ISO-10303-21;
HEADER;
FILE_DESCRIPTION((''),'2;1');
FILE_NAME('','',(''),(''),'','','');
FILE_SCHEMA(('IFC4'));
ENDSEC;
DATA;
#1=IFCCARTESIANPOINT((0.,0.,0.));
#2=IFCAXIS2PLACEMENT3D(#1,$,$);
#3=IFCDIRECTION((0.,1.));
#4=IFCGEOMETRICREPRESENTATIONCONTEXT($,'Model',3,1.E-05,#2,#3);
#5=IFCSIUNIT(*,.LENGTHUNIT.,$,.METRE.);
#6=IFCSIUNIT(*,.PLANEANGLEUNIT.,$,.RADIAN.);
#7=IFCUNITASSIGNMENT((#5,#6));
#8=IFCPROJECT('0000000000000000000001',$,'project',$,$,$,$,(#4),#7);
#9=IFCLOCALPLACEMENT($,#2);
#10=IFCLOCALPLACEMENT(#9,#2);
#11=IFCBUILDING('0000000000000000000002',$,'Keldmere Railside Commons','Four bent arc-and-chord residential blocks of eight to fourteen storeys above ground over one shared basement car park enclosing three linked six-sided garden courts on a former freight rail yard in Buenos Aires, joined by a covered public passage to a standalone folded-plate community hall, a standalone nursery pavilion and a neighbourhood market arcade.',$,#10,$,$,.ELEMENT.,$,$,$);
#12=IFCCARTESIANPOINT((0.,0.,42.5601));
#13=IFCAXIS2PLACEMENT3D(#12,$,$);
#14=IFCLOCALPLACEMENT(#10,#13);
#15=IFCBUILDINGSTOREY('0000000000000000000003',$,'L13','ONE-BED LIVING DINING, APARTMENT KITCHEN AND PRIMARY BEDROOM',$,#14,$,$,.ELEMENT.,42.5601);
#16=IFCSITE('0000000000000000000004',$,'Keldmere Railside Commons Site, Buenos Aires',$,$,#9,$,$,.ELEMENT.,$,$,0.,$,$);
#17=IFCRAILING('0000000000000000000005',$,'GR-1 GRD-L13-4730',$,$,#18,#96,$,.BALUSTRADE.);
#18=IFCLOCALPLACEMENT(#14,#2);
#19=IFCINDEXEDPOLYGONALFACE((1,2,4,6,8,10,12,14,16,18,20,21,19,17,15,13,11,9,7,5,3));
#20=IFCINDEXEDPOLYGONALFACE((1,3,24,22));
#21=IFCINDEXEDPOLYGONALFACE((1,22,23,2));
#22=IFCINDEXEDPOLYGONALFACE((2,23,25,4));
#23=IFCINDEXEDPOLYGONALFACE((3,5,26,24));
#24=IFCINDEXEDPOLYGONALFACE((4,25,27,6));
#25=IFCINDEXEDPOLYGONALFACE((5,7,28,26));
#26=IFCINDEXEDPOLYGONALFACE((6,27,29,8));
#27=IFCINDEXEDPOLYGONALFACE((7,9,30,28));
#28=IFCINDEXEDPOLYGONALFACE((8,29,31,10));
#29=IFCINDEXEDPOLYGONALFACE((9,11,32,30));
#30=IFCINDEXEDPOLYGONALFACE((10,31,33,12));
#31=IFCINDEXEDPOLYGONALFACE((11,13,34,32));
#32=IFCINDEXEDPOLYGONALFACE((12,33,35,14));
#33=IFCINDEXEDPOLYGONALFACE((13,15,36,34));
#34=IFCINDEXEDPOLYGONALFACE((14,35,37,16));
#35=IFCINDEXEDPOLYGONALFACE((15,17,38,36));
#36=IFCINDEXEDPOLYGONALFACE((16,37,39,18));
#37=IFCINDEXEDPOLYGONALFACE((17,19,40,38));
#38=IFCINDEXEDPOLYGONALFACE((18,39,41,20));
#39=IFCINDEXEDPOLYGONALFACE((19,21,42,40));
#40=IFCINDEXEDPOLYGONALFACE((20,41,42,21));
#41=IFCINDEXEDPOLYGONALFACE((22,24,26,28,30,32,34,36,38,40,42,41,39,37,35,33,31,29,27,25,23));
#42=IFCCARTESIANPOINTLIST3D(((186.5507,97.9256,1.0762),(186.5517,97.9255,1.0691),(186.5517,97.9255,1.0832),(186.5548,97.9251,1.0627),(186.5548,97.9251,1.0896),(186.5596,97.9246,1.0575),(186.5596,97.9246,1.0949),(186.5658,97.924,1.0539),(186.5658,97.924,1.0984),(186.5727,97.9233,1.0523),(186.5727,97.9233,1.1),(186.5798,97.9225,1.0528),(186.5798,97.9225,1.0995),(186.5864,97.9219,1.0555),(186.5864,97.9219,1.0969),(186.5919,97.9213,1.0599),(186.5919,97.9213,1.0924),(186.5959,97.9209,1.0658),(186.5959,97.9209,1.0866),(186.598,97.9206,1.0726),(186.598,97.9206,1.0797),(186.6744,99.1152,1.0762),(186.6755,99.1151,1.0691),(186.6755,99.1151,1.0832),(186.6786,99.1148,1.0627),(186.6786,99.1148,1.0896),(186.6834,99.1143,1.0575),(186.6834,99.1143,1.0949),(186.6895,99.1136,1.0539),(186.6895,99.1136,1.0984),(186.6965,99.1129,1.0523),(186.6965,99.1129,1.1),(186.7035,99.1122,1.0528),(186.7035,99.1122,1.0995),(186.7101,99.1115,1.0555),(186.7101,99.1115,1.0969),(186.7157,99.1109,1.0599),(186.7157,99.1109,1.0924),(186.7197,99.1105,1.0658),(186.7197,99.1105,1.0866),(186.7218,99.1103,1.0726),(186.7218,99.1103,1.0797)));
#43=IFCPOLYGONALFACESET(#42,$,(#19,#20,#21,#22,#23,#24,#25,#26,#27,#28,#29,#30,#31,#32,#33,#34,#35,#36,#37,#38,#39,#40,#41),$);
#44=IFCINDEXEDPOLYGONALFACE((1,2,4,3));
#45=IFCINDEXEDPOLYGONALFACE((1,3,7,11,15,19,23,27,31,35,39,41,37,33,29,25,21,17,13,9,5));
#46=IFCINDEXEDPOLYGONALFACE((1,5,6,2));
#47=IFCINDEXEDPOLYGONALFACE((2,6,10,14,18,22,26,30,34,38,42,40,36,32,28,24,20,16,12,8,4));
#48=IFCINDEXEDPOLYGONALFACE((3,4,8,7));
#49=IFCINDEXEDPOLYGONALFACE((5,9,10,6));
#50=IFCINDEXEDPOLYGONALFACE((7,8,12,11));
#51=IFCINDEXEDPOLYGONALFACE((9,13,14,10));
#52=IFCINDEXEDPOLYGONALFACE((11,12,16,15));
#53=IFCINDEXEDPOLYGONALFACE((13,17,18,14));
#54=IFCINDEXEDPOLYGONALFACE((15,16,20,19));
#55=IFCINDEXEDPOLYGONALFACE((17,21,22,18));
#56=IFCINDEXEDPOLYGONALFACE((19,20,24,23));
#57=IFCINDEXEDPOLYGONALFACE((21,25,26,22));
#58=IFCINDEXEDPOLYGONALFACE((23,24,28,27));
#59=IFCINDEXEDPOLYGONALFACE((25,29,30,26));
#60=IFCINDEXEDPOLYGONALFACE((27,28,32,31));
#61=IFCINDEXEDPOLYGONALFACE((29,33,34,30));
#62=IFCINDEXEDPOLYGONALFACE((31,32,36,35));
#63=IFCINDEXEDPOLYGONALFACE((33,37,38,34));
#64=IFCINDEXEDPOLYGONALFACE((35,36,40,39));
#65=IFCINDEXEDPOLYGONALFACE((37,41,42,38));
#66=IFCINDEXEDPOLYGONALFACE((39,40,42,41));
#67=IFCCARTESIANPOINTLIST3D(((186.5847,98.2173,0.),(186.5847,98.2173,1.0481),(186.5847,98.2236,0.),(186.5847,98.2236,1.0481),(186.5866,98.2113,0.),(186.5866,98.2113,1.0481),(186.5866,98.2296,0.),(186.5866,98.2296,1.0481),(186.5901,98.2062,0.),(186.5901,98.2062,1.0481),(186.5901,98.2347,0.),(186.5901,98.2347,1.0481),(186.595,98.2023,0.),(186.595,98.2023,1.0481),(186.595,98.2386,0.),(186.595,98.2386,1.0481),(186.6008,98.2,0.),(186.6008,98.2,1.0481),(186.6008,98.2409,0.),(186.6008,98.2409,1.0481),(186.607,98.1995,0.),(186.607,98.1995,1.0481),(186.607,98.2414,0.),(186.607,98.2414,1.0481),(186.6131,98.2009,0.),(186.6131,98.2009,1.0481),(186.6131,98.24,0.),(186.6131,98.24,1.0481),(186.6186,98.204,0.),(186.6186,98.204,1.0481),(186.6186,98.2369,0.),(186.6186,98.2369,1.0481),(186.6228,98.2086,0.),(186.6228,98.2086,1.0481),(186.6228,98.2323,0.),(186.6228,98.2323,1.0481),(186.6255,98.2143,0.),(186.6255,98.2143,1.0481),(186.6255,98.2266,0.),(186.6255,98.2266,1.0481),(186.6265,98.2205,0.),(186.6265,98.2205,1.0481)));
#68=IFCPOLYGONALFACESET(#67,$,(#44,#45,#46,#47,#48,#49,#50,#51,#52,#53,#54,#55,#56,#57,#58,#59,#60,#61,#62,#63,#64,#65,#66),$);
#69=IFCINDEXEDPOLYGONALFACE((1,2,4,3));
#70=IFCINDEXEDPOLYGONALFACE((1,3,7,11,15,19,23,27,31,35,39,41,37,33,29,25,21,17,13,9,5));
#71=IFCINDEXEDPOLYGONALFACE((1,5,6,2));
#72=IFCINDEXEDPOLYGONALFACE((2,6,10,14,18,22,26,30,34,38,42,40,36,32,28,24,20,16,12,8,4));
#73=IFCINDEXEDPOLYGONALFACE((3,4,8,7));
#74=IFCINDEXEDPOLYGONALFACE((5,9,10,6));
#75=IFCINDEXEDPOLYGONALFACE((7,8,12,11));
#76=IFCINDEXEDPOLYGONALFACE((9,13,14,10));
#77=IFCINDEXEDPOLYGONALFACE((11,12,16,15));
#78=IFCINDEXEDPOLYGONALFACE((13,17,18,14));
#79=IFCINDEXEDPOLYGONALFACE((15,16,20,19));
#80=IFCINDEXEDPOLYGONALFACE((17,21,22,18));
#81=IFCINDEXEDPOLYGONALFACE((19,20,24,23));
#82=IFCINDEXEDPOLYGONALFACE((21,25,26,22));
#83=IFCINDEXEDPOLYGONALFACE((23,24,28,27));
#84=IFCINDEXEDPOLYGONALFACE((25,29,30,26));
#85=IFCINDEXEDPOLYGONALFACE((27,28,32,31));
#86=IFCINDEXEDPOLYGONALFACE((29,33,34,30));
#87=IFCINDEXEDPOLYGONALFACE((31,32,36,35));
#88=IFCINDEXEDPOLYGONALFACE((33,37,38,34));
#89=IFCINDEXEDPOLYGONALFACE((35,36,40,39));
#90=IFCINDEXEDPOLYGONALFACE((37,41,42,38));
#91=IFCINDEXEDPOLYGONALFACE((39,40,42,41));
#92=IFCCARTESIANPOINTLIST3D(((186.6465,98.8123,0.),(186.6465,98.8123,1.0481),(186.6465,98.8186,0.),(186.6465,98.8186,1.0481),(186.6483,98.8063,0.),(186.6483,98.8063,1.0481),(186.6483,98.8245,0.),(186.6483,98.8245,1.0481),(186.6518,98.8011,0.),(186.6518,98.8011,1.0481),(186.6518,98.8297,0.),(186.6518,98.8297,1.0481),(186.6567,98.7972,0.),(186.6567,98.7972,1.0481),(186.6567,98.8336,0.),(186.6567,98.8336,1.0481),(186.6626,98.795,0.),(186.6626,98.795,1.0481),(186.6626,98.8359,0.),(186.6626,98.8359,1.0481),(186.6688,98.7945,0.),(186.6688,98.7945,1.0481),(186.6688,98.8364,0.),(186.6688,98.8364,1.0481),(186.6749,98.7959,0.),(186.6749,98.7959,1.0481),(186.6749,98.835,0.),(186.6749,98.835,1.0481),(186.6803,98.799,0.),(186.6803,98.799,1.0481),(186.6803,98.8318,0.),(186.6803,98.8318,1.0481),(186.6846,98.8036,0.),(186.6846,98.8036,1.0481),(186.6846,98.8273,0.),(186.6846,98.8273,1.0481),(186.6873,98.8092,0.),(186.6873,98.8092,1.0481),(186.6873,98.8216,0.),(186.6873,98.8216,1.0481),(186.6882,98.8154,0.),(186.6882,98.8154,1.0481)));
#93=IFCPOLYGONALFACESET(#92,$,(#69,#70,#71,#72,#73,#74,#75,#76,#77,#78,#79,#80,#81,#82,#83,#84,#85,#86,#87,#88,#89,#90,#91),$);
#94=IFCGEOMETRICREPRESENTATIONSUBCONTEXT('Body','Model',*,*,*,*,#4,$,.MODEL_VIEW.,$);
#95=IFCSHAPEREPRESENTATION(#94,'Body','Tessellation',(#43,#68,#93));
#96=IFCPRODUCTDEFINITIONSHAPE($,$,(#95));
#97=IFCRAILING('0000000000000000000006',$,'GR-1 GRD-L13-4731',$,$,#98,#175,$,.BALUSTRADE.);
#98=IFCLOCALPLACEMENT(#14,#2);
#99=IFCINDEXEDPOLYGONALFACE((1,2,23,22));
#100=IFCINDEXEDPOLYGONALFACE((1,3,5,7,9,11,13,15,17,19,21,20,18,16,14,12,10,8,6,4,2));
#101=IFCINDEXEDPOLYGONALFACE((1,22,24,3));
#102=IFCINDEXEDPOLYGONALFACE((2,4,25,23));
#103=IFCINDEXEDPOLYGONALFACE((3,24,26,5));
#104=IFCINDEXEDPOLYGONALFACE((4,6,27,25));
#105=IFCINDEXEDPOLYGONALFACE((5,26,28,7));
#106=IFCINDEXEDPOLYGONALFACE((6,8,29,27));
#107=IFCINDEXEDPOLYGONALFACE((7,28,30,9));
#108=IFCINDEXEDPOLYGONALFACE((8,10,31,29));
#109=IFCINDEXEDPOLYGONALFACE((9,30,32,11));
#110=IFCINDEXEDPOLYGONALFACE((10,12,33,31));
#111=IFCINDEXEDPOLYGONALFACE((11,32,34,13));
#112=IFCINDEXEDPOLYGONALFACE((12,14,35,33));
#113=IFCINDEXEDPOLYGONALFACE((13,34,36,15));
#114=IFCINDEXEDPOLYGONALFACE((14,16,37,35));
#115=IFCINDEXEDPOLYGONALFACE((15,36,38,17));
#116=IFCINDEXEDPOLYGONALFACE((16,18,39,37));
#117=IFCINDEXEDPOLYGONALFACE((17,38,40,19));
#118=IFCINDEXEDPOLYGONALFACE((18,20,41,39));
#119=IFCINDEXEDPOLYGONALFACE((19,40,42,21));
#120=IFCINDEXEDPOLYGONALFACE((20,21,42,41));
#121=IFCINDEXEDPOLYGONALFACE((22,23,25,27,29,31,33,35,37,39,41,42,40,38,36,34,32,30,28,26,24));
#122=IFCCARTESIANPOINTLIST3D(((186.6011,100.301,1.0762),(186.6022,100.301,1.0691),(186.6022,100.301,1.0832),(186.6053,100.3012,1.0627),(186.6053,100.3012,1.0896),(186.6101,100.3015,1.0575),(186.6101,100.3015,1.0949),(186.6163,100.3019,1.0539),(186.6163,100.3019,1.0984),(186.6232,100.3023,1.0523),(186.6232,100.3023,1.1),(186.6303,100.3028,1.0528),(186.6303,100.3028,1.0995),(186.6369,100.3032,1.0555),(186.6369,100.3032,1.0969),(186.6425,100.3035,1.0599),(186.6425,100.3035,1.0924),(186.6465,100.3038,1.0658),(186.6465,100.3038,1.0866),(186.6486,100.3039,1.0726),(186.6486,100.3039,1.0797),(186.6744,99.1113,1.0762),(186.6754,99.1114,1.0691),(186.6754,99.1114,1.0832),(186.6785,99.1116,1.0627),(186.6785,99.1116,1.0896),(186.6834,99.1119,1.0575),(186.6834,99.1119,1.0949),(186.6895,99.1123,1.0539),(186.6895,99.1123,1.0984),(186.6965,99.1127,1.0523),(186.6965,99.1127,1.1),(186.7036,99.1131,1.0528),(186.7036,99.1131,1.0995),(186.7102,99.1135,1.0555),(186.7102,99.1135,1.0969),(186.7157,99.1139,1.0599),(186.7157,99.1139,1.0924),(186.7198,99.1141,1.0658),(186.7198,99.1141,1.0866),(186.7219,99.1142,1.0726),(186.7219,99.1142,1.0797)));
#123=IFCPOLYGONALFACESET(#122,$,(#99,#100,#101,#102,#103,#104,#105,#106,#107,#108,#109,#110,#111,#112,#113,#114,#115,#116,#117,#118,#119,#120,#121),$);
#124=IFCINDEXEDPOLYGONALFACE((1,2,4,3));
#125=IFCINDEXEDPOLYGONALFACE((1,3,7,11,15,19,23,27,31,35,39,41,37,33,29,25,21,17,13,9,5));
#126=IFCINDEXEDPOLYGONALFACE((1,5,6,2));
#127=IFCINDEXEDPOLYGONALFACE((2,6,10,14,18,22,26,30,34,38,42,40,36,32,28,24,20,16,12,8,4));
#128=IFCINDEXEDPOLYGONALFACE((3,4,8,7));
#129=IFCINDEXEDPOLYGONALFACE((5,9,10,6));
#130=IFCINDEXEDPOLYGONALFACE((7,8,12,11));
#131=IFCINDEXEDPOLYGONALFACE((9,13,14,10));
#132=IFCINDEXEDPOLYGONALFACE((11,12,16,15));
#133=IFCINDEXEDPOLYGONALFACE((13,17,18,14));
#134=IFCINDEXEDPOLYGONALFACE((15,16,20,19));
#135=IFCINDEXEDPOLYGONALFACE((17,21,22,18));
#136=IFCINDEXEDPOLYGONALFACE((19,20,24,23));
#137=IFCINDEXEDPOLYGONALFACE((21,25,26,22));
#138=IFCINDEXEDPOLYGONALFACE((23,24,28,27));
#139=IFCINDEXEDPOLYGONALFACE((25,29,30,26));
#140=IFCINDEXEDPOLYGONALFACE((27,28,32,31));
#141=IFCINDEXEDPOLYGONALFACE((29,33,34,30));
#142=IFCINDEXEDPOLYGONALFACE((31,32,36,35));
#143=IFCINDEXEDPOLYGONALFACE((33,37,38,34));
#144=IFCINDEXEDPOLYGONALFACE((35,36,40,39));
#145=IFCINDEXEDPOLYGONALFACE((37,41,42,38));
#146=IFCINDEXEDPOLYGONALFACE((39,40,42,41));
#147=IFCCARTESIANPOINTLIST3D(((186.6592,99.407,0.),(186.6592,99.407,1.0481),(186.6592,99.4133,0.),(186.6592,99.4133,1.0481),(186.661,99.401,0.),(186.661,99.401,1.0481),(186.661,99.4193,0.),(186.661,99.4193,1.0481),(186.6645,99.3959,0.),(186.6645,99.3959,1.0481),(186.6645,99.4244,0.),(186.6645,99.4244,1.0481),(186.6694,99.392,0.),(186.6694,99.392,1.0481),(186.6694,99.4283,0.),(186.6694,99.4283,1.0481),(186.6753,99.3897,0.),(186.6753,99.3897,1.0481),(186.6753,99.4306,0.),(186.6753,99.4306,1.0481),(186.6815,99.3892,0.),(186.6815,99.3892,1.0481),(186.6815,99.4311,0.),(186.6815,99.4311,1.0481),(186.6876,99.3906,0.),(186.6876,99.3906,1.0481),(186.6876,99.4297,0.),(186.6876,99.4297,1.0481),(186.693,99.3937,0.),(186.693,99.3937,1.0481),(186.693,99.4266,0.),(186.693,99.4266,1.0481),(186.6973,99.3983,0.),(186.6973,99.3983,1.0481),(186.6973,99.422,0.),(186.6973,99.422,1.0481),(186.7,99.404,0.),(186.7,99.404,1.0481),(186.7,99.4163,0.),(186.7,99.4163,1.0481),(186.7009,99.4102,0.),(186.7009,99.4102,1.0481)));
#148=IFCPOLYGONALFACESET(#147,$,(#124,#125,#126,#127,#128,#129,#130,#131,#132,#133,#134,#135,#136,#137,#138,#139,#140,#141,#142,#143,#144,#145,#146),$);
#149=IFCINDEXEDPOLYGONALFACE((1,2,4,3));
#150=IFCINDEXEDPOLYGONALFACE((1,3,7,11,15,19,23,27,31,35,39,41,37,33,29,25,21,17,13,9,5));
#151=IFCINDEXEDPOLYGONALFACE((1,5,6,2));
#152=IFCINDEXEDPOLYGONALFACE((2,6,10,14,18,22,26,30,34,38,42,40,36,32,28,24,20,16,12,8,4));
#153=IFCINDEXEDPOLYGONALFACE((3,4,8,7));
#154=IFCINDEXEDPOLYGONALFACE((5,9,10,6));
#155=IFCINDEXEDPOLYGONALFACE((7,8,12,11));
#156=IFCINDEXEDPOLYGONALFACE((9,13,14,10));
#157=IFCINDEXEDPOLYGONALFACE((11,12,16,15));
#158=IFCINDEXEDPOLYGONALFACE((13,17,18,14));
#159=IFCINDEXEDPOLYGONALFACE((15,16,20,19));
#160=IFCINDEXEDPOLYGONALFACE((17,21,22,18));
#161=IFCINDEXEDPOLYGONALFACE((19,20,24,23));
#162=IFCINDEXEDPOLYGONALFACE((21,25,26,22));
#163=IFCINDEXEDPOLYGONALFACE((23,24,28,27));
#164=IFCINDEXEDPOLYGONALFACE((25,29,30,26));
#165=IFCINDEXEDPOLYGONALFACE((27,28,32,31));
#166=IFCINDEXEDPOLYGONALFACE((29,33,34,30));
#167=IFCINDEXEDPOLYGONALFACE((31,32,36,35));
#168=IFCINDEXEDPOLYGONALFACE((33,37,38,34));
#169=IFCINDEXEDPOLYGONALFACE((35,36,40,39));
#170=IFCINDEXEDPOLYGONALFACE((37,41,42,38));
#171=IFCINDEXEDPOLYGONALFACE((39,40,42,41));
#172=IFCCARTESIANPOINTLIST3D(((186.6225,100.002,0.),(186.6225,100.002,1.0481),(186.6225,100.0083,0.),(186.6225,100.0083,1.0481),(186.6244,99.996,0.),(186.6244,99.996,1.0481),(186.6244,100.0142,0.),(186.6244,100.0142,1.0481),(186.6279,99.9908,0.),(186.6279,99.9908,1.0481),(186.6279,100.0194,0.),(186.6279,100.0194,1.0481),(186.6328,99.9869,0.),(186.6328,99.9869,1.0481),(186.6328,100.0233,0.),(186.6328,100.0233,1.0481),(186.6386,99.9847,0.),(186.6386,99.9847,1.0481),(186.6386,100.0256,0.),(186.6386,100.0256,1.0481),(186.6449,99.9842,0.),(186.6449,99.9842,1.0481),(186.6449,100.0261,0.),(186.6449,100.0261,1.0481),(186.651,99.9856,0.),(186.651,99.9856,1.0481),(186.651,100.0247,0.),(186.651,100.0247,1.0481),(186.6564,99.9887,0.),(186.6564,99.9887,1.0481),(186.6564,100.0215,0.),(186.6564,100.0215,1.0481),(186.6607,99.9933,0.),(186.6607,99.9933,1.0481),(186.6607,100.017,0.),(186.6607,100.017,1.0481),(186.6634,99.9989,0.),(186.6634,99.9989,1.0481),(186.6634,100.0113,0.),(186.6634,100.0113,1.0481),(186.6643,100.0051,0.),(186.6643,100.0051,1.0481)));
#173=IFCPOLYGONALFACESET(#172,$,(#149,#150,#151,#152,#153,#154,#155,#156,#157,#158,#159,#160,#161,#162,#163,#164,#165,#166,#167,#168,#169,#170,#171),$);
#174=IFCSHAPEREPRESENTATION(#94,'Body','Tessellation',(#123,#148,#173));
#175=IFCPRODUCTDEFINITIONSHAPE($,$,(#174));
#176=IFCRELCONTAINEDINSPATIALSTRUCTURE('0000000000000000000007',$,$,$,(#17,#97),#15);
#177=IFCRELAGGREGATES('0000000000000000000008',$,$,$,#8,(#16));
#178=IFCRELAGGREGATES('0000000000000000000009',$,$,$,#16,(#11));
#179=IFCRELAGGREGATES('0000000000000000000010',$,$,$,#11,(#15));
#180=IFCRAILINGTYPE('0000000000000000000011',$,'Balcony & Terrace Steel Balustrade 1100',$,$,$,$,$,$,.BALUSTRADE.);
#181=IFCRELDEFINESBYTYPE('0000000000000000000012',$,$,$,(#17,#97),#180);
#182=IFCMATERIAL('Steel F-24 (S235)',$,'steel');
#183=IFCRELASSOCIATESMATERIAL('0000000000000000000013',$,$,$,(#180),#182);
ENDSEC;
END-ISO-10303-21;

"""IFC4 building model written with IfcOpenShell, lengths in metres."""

from ifc_helpers import new_model, si_unit, direction, frame, origin, origin_2d, place, context, subcontext, project, spatial, circle, extrude, material, type_object, element, save


model = new_model("IFC4")

# Units and contexts
model_context = context("Model", 3, precision=1e-05, world=origin(), true_north=direction((0.0, 1.0)))
body_context = subcontext(model_context, "Body", "Model", "MODEL_VIEW")
ifc_project = project(units=[si_unit("LENGTHUNIT", "METRE"), si_unit("PLANEANGLEUNIT", "RADIAN")], contexts=[model_context])

# Site, building, storey
site_placement = place(None, origin())
site = spatial("IfcSite", under=ifc_project, at=site_placement, Name="Keldmere Railside Commons Site, Buenos Aires", CompositionType="ELEMENT", RefElevation=0.0)
building_placement = place(site_placement, origin())
building = spatial("IfcBuilding", under=site, at=building_placement, Name="Keldmere Railside Commons", Description="Four bent arc-and-chord residential blocks of eight to fourteen storeys above ground over one shared basement car park enclosing three linked six-sided garden courts on a former freight rail yard in Buenos Aires, joined by a covered public passage to a standalone folded-plate community hall, a standalone nursery pavilion and a neighbourhood market arcade.", CompositionType="ELEMENT")
storey_placement = place(building_placement, frame((0.0, 0.0, 42.5601)))
storey = spatial("IfcBuildingStorey", under=building, at=storey_placement, Name="L13", Description="ONE-BED LIVING DINING, APARTMENT KITCHEN AND PRIMARY BEDROOM", CompositionType="ELEMENT", Elevation=42.5601)

# Railings
ifc_material_1 = material(Name="Steel F-24 (S235)", Category="steel")
railing_type = type_object("IfcRailingType", Name="Balcony & Terrace Steel Balustrade 1100", PredefinedType="BALUSTRADE", material=ifc_material_1)
railing_1_placement = place(storey_placement, frame((186.5745, 97.9231, 0.0)))
element("IfcRailing", 1, at=railing_1_placement, inside=storey, type_object=railing_type, Name="GR-1 GRD-L13-4730", PredefinedType="BALUSTRADE", context=body_context, shape_type="SweptSolid", body=[
    extrude(circle(Radius=0.0239, at=origin_2d()), frame((0.0, 0.0, 1.0762), z_axis=(0.103484, 0.994631, 0.0), x_axis=(-0.994631, 0.103484, 0.0)), (0.0, 0.0, 1.0), 1.196),
    extrude(circle(Radius=0.021, at=origin_2d()), frame((0.031, 0.2974, 0.0)), (0.0, 0.0, 1.0), 1.0481),
    extrude(circle(Radius=0.021, at=origin_2d()), frame((0.0928, 0.8923, 0.0)), (0.0, 0.0, 1.0), 1.0481),
])
railing_2_placement = place(storey_placement, frame((186.6982, 99.1128, 0.0)))
element("IfcRailing", 2, at=railing_2_placement, inside=storey, type_object=railing_type, Name="GR-1 GRD-L13-4731", PredefinedType="BALUSTRADE", context=body_context, shape_type="SweptSolid", body=[
    extrude(circle(Radius=0.0239, at=origin_2d()), frame((0.0, 0.0, 1.0762), z_axis=(-0.061447, 0.99811, 0.0), x_axis=(-0.99811, -0.061447, 0.0)), (0.0, 0.0, 1.0), 1.1919),
    extrude(circle(Radius=0.021, at=origin_2d()), frame((-0.0183, 0.2974, 0.0)), (0.0, 0.0, 1.0), 1.0481),
    extrude(circle(Radius=0.021, at=origin_2d()), frame((-0.0549, 0.8923, 0.0)), (0.0, 0.0, 1.0), 1.0481),
])

save(model, "model.ifc")
